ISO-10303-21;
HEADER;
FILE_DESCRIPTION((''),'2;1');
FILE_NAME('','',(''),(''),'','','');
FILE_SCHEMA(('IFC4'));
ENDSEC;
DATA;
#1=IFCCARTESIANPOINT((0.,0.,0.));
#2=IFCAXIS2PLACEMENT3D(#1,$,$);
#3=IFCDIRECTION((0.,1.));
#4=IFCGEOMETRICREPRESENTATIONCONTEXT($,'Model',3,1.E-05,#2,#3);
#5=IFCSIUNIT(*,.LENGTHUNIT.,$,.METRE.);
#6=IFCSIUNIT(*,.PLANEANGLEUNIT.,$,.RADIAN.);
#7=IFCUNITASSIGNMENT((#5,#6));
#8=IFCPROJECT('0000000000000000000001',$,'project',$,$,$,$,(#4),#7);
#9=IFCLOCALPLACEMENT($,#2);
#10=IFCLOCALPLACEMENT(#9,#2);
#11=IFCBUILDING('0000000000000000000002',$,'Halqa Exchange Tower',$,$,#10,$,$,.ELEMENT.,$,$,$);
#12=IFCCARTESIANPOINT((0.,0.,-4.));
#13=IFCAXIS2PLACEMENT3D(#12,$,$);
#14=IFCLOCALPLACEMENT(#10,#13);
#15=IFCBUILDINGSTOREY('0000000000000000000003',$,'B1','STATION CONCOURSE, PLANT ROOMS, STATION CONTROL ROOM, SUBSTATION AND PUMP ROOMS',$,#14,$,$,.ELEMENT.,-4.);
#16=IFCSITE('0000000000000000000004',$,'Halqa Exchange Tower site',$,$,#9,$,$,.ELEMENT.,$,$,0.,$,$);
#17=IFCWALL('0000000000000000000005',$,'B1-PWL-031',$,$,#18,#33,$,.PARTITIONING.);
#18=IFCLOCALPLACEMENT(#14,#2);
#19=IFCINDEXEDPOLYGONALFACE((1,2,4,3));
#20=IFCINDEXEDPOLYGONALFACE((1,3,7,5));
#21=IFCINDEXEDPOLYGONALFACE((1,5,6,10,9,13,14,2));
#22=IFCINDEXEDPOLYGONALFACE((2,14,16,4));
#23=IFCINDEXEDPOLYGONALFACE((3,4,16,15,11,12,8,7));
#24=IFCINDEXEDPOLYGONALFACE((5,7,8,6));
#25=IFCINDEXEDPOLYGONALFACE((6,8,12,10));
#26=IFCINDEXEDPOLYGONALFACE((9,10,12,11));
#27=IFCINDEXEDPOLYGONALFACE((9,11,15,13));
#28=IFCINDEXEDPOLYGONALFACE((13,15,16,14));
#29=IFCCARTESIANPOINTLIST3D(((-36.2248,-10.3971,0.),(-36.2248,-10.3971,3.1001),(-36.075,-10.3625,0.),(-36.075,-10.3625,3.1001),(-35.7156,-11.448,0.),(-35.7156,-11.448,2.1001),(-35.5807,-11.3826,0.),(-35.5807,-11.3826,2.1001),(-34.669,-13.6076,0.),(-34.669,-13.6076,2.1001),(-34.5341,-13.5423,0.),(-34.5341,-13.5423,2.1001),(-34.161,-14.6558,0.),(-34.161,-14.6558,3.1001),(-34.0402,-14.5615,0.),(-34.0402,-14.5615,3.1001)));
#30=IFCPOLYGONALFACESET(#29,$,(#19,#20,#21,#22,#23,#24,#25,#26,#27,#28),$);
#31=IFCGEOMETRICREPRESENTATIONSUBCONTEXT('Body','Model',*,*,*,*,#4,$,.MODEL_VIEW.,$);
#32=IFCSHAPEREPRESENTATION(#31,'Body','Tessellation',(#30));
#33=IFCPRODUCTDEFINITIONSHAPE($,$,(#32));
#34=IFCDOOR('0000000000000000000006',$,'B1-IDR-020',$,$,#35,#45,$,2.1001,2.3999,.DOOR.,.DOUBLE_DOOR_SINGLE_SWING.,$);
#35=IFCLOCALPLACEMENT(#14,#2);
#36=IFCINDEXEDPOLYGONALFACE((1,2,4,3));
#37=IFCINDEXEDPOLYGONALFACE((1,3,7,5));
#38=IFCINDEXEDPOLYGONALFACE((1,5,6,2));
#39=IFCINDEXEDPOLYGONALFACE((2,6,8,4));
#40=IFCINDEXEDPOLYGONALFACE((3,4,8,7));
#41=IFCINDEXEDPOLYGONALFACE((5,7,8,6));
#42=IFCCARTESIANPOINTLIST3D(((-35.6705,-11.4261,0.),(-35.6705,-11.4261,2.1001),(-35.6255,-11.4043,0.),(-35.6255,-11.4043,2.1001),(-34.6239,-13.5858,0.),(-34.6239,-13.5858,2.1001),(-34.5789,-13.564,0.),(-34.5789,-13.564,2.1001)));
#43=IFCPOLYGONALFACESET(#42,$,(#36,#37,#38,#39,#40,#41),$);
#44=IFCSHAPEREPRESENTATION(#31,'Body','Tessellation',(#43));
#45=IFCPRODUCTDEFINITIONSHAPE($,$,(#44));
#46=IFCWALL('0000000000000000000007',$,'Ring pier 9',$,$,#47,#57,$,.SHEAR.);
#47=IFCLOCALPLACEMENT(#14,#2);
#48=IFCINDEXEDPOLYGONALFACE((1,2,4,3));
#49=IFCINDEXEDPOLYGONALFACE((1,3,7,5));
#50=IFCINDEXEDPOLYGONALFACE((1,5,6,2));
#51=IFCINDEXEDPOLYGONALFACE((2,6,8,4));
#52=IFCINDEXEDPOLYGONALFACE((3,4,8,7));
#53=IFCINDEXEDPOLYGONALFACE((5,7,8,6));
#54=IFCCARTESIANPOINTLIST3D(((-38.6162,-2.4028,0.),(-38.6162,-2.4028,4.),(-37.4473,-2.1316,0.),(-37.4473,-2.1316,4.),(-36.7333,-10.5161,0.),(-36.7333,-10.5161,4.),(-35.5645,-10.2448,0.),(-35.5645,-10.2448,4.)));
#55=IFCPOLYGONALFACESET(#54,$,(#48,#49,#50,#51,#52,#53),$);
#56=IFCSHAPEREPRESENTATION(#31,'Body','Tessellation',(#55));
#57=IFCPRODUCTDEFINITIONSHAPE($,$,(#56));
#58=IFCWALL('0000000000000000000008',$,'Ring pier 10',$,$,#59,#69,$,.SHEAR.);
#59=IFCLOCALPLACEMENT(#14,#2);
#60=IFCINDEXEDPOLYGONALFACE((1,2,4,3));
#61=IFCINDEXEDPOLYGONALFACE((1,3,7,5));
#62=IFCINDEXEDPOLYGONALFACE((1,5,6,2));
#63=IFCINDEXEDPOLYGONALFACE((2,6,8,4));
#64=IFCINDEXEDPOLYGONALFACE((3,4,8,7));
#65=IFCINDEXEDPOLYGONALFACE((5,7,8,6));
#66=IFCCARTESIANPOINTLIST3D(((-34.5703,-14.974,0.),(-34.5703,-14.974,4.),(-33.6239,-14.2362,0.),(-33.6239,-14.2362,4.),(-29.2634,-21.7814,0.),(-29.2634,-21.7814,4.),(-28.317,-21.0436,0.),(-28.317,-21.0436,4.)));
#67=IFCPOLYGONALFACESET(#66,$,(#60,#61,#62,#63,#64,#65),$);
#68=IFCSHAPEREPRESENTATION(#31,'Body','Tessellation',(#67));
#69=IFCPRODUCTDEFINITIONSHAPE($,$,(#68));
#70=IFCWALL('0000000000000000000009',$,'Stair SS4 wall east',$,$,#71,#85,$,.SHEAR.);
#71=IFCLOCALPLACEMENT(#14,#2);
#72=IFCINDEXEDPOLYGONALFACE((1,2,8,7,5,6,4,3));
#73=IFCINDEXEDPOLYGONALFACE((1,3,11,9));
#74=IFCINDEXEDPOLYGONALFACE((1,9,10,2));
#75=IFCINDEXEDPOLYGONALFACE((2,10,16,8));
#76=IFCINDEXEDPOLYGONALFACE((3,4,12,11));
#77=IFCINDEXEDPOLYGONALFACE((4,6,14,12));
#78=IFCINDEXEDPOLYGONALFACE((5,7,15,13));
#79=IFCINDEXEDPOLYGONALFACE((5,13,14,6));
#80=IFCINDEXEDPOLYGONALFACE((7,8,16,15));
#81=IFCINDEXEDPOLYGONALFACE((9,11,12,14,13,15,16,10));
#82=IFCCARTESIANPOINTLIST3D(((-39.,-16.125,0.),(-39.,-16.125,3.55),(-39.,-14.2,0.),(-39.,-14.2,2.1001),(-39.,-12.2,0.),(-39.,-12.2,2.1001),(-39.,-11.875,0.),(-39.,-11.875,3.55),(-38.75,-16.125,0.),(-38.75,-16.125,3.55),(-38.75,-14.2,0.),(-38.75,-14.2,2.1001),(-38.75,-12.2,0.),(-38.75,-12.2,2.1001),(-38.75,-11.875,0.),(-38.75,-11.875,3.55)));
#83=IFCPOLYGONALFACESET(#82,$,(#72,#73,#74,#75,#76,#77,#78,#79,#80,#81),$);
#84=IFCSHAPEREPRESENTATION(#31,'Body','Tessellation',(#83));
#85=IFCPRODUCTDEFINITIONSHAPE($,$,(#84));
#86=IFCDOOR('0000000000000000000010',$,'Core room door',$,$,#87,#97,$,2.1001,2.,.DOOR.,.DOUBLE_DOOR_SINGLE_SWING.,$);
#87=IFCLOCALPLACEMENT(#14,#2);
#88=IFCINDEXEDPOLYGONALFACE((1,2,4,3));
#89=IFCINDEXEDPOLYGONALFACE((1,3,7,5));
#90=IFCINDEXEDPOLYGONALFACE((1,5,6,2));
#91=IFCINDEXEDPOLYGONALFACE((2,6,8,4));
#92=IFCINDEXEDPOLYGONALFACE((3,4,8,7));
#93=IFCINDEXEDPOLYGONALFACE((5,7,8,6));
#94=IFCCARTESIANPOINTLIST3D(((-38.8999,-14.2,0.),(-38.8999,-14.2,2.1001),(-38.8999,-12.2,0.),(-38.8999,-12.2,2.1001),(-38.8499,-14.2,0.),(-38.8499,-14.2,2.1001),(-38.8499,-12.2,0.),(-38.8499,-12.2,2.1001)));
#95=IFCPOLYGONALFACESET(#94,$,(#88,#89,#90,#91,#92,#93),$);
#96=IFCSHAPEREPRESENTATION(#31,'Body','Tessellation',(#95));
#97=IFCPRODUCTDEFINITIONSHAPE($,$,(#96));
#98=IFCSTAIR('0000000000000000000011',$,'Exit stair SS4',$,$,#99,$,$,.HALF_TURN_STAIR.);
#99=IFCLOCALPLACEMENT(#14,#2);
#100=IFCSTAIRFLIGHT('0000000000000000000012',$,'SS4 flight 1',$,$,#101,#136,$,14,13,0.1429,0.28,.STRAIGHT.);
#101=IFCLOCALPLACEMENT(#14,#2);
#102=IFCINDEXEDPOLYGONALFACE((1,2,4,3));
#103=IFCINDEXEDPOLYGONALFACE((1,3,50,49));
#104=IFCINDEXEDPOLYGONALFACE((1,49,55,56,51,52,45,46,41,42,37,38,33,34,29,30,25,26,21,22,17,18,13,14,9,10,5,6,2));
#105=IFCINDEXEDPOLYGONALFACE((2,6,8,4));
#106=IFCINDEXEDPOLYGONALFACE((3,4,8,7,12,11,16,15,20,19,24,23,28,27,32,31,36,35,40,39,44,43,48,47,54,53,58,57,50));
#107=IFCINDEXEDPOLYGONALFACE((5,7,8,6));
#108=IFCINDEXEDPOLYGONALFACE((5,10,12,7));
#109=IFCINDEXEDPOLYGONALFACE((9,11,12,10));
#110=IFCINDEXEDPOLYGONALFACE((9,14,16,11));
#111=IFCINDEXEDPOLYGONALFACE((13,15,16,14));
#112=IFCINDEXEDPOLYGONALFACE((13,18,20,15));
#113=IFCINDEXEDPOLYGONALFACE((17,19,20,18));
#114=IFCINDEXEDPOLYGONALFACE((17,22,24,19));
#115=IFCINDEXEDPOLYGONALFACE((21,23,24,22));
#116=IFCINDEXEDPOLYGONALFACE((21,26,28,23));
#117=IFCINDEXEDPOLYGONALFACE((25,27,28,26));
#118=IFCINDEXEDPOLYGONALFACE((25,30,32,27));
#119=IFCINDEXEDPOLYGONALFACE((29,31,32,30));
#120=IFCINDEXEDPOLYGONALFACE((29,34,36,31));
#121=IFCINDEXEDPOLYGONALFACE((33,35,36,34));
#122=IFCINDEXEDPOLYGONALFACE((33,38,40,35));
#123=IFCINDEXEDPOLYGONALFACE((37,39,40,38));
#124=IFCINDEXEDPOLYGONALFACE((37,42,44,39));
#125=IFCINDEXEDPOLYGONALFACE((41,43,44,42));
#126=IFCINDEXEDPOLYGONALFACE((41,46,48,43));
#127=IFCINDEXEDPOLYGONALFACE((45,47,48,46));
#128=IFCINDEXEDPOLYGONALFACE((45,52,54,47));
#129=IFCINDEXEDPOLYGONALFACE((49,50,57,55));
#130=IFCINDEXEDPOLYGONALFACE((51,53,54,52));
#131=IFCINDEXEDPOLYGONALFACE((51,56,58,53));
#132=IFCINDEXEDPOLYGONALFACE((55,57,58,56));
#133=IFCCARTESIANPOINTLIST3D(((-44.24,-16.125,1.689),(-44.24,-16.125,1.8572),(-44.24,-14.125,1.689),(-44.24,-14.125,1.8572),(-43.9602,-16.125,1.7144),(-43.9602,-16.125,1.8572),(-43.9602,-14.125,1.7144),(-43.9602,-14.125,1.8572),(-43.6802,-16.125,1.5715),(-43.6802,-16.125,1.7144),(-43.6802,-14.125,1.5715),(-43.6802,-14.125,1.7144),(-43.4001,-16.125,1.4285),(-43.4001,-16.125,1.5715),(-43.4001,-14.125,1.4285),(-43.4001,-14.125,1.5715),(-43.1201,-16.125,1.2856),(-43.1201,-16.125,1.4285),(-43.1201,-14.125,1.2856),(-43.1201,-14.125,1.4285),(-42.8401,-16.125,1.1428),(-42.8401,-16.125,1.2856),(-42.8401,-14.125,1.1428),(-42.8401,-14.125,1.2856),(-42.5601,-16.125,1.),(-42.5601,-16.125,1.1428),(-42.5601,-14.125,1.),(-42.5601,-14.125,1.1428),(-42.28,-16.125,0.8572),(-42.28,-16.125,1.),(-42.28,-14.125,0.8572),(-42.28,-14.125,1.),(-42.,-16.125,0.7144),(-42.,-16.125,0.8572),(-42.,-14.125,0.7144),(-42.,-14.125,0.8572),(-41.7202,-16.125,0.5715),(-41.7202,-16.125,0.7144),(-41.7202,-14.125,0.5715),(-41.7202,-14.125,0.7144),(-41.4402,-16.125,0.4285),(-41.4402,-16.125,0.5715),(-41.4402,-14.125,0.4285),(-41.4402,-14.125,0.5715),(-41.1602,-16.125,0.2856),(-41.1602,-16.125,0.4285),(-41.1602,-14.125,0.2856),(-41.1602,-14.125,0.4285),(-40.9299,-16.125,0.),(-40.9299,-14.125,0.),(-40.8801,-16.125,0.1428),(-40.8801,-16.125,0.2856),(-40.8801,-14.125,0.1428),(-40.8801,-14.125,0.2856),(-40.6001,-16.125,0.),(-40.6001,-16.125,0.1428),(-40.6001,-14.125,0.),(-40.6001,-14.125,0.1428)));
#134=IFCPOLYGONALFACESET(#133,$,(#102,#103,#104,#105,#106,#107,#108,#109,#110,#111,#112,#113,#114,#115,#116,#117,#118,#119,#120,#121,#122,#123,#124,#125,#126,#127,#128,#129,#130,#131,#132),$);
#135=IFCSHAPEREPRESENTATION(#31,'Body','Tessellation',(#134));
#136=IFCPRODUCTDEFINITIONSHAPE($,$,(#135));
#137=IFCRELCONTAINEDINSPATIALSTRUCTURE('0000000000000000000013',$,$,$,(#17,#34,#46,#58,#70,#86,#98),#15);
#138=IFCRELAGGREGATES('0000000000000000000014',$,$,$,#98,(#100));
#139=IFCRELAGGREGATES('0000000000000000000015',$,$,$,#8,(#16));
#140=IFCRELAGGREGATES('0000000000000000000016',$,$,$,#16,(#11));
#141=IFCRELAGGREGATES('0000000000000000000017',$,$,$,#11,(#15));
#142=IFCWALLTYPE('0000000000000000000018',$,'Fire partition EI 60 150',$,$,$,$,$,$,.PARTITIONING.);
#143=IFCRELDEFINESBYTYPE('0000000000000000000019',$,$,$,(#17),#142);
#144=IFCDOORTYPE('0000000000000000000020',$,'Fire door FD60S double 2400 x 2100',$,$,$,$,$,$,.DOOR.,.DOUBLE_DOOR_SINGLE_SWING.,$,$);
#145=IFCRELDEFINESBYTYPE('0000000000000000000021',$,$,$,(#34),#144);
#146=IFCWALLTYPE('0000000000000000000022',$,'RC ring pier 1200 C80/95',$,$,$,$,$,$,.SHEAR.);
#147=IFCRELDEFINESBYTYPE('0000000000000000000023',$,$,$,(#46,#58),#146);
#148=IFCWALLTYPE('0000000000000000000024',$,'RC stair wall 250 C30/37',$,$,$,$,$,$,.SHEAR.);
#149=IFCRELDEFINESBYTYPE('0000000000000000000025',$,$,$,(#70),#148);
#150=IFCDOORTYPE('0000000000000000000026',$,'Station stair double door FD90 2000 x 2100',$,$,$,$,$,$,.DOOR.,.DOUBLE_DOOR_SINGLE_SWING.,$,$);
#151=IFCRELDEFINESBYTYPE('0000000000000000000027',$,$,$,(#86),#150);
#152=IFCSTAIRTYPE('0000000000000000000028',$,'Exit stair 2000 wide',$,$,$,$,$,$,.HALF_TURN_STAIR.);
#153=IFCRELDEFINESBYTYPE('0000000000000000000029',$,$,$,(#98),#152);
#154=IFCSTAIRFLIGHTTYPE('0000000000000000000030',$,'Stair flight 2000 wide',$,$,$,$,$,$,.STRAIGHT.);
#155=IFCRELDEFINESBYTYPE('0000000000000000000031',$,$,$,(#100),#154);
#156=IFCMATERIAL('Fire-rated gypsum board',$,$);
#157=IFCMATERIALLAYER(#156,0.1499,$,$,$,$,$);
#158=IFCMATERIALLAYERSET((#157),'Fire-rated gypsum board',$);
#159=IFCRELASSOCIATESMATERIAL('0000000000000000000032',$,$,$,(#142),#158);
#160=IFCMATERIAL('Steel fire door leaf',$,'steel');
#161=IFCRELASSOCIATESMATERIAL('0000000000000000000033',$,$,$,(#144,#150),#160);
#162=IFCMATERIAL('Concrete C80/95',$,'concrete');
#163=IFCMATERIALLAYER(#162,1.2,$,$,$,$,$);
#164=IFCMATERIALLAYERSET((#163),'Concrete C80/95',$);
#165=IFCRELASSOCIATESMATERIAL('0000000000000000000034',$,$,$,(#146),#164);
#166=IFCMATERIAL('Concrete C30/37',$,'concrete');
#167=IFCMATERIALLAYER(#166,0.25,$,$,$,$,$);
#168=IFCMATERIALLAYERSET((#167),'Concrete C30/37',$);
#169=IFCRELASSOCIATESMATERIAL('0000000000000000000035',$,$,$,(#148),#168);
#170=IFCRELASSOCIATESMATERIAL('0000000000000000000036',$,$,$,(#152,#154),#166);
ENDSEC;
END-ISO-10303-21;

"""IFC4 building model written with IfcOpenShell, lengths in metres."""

from ifc_helpers import new_model, si_unit, direction, frame, frame_2d, origin, place, context, subcontext, project, spatial, polyline, rectangle, outline, extrude, material, layer, layer_set, type_object, element, fill, aggregate, save


model = new_model("IFC4")

# Units and contexts
model_context = context("Model", 3, precision=1e-05, world=origin(), true_north=direction((0.0, 1.0)))
body_context = subcontext(model_context, "Body", "Model", "MODEL_VIEW")
ifc_project = project(units=[si_unit("LENGTHUNIT", "METRE"), si_unit("PLANEANGLEUNIT", "RADIAN")], contexts=[model_context])

# Site, building, storey
site_placement = place(None, origin())
site = spatial("IfcSite", under=ifc_project, at=site_placement, Name="Halqa Exchange Tower site", CompositionType="ELEMENT", RefElevation=0.0)
building_placement = place(site_placement, origin())
building = spatial("IfcBuilding", under=site, at=building_placement, Name="Halqa Exchange Tower", CompositionType="ELEMENT")
storey_placement = place(building_placement, frame((0.0, 0.0, -4.0)))
storey = spatial("IfcBuildingStorey", under=building, at=storey_placement, Name="B1", Description="STATION CONCOURSE, PLANT ROOMS, STATION CONTROL ROOM, SUBSTATION AND PUMP ROOMS", CompositionType="ELEMENT", Elevation=-4.0)

# Shared definitions
ifc_material_1 = material(Name="Fire-rated gypsum board")
ifc_layer_1 = layer(ifc_material_1, 0.1499)
ifc_layer_set_1 = layer_set([ifc_layer_1], Name="Fire-rated gypsum board")
wall_type_1 = type_object("IfcWallType", Name="Fire partition EI 60 150", PredefinedType="PARTITIONING", material=ifc_layer_set_1)
ifc_material_2 = material(Name="Steel fire door leaf", Category="steel")

# Wall, opening, door
door_type_1 = type_object("IfcDoorType", Name="Fire door FD60S double 2400 x 2100", OperationType="DOUBLE_DOOR_SINGLE_SWING", PredefinedType="DOOR", material=ifc_material_2)
wall_1_placement = place(storey_placement, frame((-34.1006, -14.6086, 0.0), z_axis=(0.0, 0.0, 1.0), x_axis=(-0.436103, 0.899897, 0.0)))
wall_1 = element("IfcWall", 1, at=wall_1_placement, inside=storey, type_object=wall_type_1, Name="B1-PWL-031", PredefinedType="PARTITIONING", context=body_context, shape_type="SweptSolid", body=[
    extrude(outline(polyline([(0.0161, -0.075), (4.6821, -0.075), (4.7163, 0.075), (-0.0161, 0.075), (0.0161, -0.075)])), origin(), (0.0, 0.0, 1.0), 3.1001),
])
opening_1_placement = place(wall_1_placement, frame((1.1487, 0.0, 0.0)))
opening_1 = element("IfcOpeningElement", 2, at=opening_1_placement, cuts=wall_1, PredefinedType="OPENING", context=body_context, shape_type="SweptSolid", body=[
    extrude(rectangle(XDim=2.3999, YDim=2.1001, at=frame_2d((1.2, 1.05))), frame((0.0, 0.0869, 0.0), z_axis=(0.0, -1.0, 0.0), x_axis=(1.0, 0.0, 0.0)), (0.0, 0.0, 1.0), 0.1738),
])
door_1_placement = place(opening_1_placement, origin())
door_1 = element("IfcDoor", 3, at=door_1_placement, inside=storey, type_object=door_type_1, Name="B1-IDR-020", OperationType="DOUBLE_DOOR_SINGLE_SWING", OverallHeight=2.1001, OverallWidth=2.3999, PredefinedType="DOOR", context=body_context, shape_type="SweptSolid", body=[
    extrude(rectangle(XDim=2.3999, YDim=2.1001, at=frame_2d((1.2, 1.05))), frame((0.0, 0.0249, 0.0), z_axis=(0.0, -1.0, 0.0), x_axis=(1.0, 0.0, 0.0)), (0.0, 0.0, 1.0), 0.05),
])
fill(opening_1, door_1)

# Walls
ifc_material_3 = material(Name="Concrete C80/95", Category="concrete")
ifc_layer_2 = layer(ifc_material_3, 1.2)
ifc_layer_set_2 = layer_set([ifc_layer_2], Name="Concrete C80/95")
wall_type_2 = type_object("IfcWallType", Name="RC ring pier 1200 C80/95", PredefinedType="SHEAR", material=ifc_layer_set_2)
wall_2_placement = place(storey_placement, frame((-38.0317, -2.2671, 0.0), z_axis=(0.0, 0.0, 1.0), x_axis=(0.226058, -0.974114, 0.0)))
element("IfcWall", 4, at=wall_2_placement, inside=storey, type_object=wall_type_2, Name="Ring pier 9", PredefinedType="SHEAR", context=body_context, shape_type="SweptSolid", body=[
    extrude(rectangle(XDim=8.3289, YDim=1.2, at=frame_2d((4.1646, 0.0))), origin(), (0.0, 0.0, 1.0), 4.0),
])
wall_3_placement = place(storey_placement, frame((-34.0972, -14.605, 0.0), z_axis=(0.0, 0.0, 1.0), x_axis=(0.614825, -0.788663, 0.0)))
element("IfcWall", 5, at=wall_3_placement, inside=storey, type_object=wall_type_2, Name="Ring pier 10", PredefinedType="SHEAR", context=body_context, shape_type="SweptSolid", body=[
    extrude(rectangle(XDim=8.6316, YDim=1.2, at=frame_2d((4.3159, 0.0))), origin(), (0.0, 0.0, 1.0), 4.0),
])

# Wall, opening, door
ifc_material_4 = material(Name="Concrete C30/37", Category="concrete")
ifc_layer_3 = layer(ifc_material_4, 0.25)
ifc_layer_set_3 = layer_set([ifc_layer_3], Name="Concrete C30/37")
wall_type_3 = type_object("IfcWallType", Name="RC stair wall 250 C30/37", PredefinedType="SHEAR", material=ifc_layer_set_3)
wall_4_placement = place(storey_placement, frame((-38.875, -16.125, 0.0), z_axis=(0.0, 0.0, 1.0), x_axis=(0.0, 1.0, 0.0)))
wall_4 = element("IfcWall", 6, at=wall_4_placement, inside=storey, type_object=wall_type_3, Name="Stair SS4 wall east", PredefinedType="SHEAR", context=body_context, shape_type="SweptSolid", body=[
    extrude(rectangle(XDim=4.25, YDim=0.25, at=frame_2d((2.125, 0.0))), origin(), (0.0, 0.0, 1.0), 3.55),
])
opening_2_placement = place(wall_4_placement, frame((1.925, 0.0, 0.0)))
opening_2 = element("IfcOpeningElement", 7, at=opening_2_placement, cuts=wall_4, PredefinedType="OPENING", context=body_context, shape_type="SweptSolid", body=[
    extrude(rectangle(XDim=2.0, YDim=2.1001, at=frame_2d((1.0, 1.05))), frame((0.0, 0.137, 0.0), z_axis=(0.0, -1.0, 0.0), x_axis=(1.0, 0.0, 0.0)), (0.0, 0.0, 1.0), 0.2739),
])
door_type_2 = type_object("IfcDoorType", Name="Station stair double door FD90 2000 x 2100", OperationType="DOUBLE_DOOR_SINGLE_SWING", PredefinedType="DOOR", material=ifc_material_2)
door_2_placement = place(opening_2_placement, origin())
door_2 = element("IfcDoor", 8, at=door_2_placement, inside=storey, type_object=door_type_2, Name="Core room door", OperationType="DOUBLE_DOOR_SINGLE_SWING", OverallHeight=2.1001, OverallWidth=2.0, PredefinedType="DOOR", context=body_context, shape_type="SweptSolid", body=[
    extrude(rectangle(XDim=2.0, YDim=2.1001, at=frame_2d((1.0, 1.05))), frame((0.0, 0.0249, 0.0), z_axis=(0.0, -1.0, 0.0), x_axis=(1.0, 0.0, 0.0)), (0.0, 0.0, 1.0), 0.05),
])
fill(opening_2, door_2)

# Stair, stair flight
stair_type = type_object("IfcStairType", Name="Exit stair 2000 wide", PredefinedType="HALF_TURN_STAIR", material=ifc_material_4)
stair_placement = place(storey_placement, origin())
stair = element("IfcStair", 9, at=stair_placement, inside=storey, type_object=stair_type, Name="Exit stair SS4", PredefinedType="HALF_TURN_STAIR")
stair_flight_type = type_object("IfcStairFlightType", Name="Stair flight 2000 wide", PredefinedType="STRAIGHT", material=ifc_material_4)
stair_flight_placement = place(storey_placement, frame((-40.6001, -15.125, 0.0), z_axis=(0.0, 0.0, 1.0), x_axis=(-1.0, 0.0, 0.0)))
stair_flight = element("IfcStairFlight", 10, at=stair_flight_placement, type_object=stair_flight_type, Name="SS4 flight 1", NumberOfRisers=14, NumberOfTreads=13, PredefinedType="STRAIGHT", RiserHeight=0.1429, TreadLength=0.28, context=body_context, shape_type="SweptSolid", body=[
    extrude(outline(polyline([(0.0, 0.0), (0.0, 0.1428), (0.28, 0.1428), (0.28, 0.2856), (0.5601, 0.2856), (0.5601, 0.4285), (0.8401, 0.4285), (0.8401, 0.5715), (1.1201, 0.5715), (1.1201, 0.7144), (1.3999, 0.7144), (1.3999, 0.8572), (1.6799, 0.8572), (1.6799, 1.0), (1.96, 1.0), (1.96, 1.1428), (2.24, 1.1428), (2.24, 1.2856), (2.52, 1.2856), (2.52, 1.4285), (2.8, 1.4285), (2.8, 1.5715), (3.0801, 1.5715), (3.0801, 1.7144), (3.3601, 1.7144), (3.3601, 1.8572), (3.6399, 1.8572), (3.6399, 2.0), (3.6399, 1.689), (0.3298, 0.0), (0.0, 0.0)])), frame((0.0, 1.0, 0.0), z_axis=(0.0, -1.0, 0.0), x_axis=(1.0, 0.0, 0.0)), (0.0, 0.0, 1.0), 2.0),
])
aggregate(stair, [stair_flight])

save(model, "model.ifc")
